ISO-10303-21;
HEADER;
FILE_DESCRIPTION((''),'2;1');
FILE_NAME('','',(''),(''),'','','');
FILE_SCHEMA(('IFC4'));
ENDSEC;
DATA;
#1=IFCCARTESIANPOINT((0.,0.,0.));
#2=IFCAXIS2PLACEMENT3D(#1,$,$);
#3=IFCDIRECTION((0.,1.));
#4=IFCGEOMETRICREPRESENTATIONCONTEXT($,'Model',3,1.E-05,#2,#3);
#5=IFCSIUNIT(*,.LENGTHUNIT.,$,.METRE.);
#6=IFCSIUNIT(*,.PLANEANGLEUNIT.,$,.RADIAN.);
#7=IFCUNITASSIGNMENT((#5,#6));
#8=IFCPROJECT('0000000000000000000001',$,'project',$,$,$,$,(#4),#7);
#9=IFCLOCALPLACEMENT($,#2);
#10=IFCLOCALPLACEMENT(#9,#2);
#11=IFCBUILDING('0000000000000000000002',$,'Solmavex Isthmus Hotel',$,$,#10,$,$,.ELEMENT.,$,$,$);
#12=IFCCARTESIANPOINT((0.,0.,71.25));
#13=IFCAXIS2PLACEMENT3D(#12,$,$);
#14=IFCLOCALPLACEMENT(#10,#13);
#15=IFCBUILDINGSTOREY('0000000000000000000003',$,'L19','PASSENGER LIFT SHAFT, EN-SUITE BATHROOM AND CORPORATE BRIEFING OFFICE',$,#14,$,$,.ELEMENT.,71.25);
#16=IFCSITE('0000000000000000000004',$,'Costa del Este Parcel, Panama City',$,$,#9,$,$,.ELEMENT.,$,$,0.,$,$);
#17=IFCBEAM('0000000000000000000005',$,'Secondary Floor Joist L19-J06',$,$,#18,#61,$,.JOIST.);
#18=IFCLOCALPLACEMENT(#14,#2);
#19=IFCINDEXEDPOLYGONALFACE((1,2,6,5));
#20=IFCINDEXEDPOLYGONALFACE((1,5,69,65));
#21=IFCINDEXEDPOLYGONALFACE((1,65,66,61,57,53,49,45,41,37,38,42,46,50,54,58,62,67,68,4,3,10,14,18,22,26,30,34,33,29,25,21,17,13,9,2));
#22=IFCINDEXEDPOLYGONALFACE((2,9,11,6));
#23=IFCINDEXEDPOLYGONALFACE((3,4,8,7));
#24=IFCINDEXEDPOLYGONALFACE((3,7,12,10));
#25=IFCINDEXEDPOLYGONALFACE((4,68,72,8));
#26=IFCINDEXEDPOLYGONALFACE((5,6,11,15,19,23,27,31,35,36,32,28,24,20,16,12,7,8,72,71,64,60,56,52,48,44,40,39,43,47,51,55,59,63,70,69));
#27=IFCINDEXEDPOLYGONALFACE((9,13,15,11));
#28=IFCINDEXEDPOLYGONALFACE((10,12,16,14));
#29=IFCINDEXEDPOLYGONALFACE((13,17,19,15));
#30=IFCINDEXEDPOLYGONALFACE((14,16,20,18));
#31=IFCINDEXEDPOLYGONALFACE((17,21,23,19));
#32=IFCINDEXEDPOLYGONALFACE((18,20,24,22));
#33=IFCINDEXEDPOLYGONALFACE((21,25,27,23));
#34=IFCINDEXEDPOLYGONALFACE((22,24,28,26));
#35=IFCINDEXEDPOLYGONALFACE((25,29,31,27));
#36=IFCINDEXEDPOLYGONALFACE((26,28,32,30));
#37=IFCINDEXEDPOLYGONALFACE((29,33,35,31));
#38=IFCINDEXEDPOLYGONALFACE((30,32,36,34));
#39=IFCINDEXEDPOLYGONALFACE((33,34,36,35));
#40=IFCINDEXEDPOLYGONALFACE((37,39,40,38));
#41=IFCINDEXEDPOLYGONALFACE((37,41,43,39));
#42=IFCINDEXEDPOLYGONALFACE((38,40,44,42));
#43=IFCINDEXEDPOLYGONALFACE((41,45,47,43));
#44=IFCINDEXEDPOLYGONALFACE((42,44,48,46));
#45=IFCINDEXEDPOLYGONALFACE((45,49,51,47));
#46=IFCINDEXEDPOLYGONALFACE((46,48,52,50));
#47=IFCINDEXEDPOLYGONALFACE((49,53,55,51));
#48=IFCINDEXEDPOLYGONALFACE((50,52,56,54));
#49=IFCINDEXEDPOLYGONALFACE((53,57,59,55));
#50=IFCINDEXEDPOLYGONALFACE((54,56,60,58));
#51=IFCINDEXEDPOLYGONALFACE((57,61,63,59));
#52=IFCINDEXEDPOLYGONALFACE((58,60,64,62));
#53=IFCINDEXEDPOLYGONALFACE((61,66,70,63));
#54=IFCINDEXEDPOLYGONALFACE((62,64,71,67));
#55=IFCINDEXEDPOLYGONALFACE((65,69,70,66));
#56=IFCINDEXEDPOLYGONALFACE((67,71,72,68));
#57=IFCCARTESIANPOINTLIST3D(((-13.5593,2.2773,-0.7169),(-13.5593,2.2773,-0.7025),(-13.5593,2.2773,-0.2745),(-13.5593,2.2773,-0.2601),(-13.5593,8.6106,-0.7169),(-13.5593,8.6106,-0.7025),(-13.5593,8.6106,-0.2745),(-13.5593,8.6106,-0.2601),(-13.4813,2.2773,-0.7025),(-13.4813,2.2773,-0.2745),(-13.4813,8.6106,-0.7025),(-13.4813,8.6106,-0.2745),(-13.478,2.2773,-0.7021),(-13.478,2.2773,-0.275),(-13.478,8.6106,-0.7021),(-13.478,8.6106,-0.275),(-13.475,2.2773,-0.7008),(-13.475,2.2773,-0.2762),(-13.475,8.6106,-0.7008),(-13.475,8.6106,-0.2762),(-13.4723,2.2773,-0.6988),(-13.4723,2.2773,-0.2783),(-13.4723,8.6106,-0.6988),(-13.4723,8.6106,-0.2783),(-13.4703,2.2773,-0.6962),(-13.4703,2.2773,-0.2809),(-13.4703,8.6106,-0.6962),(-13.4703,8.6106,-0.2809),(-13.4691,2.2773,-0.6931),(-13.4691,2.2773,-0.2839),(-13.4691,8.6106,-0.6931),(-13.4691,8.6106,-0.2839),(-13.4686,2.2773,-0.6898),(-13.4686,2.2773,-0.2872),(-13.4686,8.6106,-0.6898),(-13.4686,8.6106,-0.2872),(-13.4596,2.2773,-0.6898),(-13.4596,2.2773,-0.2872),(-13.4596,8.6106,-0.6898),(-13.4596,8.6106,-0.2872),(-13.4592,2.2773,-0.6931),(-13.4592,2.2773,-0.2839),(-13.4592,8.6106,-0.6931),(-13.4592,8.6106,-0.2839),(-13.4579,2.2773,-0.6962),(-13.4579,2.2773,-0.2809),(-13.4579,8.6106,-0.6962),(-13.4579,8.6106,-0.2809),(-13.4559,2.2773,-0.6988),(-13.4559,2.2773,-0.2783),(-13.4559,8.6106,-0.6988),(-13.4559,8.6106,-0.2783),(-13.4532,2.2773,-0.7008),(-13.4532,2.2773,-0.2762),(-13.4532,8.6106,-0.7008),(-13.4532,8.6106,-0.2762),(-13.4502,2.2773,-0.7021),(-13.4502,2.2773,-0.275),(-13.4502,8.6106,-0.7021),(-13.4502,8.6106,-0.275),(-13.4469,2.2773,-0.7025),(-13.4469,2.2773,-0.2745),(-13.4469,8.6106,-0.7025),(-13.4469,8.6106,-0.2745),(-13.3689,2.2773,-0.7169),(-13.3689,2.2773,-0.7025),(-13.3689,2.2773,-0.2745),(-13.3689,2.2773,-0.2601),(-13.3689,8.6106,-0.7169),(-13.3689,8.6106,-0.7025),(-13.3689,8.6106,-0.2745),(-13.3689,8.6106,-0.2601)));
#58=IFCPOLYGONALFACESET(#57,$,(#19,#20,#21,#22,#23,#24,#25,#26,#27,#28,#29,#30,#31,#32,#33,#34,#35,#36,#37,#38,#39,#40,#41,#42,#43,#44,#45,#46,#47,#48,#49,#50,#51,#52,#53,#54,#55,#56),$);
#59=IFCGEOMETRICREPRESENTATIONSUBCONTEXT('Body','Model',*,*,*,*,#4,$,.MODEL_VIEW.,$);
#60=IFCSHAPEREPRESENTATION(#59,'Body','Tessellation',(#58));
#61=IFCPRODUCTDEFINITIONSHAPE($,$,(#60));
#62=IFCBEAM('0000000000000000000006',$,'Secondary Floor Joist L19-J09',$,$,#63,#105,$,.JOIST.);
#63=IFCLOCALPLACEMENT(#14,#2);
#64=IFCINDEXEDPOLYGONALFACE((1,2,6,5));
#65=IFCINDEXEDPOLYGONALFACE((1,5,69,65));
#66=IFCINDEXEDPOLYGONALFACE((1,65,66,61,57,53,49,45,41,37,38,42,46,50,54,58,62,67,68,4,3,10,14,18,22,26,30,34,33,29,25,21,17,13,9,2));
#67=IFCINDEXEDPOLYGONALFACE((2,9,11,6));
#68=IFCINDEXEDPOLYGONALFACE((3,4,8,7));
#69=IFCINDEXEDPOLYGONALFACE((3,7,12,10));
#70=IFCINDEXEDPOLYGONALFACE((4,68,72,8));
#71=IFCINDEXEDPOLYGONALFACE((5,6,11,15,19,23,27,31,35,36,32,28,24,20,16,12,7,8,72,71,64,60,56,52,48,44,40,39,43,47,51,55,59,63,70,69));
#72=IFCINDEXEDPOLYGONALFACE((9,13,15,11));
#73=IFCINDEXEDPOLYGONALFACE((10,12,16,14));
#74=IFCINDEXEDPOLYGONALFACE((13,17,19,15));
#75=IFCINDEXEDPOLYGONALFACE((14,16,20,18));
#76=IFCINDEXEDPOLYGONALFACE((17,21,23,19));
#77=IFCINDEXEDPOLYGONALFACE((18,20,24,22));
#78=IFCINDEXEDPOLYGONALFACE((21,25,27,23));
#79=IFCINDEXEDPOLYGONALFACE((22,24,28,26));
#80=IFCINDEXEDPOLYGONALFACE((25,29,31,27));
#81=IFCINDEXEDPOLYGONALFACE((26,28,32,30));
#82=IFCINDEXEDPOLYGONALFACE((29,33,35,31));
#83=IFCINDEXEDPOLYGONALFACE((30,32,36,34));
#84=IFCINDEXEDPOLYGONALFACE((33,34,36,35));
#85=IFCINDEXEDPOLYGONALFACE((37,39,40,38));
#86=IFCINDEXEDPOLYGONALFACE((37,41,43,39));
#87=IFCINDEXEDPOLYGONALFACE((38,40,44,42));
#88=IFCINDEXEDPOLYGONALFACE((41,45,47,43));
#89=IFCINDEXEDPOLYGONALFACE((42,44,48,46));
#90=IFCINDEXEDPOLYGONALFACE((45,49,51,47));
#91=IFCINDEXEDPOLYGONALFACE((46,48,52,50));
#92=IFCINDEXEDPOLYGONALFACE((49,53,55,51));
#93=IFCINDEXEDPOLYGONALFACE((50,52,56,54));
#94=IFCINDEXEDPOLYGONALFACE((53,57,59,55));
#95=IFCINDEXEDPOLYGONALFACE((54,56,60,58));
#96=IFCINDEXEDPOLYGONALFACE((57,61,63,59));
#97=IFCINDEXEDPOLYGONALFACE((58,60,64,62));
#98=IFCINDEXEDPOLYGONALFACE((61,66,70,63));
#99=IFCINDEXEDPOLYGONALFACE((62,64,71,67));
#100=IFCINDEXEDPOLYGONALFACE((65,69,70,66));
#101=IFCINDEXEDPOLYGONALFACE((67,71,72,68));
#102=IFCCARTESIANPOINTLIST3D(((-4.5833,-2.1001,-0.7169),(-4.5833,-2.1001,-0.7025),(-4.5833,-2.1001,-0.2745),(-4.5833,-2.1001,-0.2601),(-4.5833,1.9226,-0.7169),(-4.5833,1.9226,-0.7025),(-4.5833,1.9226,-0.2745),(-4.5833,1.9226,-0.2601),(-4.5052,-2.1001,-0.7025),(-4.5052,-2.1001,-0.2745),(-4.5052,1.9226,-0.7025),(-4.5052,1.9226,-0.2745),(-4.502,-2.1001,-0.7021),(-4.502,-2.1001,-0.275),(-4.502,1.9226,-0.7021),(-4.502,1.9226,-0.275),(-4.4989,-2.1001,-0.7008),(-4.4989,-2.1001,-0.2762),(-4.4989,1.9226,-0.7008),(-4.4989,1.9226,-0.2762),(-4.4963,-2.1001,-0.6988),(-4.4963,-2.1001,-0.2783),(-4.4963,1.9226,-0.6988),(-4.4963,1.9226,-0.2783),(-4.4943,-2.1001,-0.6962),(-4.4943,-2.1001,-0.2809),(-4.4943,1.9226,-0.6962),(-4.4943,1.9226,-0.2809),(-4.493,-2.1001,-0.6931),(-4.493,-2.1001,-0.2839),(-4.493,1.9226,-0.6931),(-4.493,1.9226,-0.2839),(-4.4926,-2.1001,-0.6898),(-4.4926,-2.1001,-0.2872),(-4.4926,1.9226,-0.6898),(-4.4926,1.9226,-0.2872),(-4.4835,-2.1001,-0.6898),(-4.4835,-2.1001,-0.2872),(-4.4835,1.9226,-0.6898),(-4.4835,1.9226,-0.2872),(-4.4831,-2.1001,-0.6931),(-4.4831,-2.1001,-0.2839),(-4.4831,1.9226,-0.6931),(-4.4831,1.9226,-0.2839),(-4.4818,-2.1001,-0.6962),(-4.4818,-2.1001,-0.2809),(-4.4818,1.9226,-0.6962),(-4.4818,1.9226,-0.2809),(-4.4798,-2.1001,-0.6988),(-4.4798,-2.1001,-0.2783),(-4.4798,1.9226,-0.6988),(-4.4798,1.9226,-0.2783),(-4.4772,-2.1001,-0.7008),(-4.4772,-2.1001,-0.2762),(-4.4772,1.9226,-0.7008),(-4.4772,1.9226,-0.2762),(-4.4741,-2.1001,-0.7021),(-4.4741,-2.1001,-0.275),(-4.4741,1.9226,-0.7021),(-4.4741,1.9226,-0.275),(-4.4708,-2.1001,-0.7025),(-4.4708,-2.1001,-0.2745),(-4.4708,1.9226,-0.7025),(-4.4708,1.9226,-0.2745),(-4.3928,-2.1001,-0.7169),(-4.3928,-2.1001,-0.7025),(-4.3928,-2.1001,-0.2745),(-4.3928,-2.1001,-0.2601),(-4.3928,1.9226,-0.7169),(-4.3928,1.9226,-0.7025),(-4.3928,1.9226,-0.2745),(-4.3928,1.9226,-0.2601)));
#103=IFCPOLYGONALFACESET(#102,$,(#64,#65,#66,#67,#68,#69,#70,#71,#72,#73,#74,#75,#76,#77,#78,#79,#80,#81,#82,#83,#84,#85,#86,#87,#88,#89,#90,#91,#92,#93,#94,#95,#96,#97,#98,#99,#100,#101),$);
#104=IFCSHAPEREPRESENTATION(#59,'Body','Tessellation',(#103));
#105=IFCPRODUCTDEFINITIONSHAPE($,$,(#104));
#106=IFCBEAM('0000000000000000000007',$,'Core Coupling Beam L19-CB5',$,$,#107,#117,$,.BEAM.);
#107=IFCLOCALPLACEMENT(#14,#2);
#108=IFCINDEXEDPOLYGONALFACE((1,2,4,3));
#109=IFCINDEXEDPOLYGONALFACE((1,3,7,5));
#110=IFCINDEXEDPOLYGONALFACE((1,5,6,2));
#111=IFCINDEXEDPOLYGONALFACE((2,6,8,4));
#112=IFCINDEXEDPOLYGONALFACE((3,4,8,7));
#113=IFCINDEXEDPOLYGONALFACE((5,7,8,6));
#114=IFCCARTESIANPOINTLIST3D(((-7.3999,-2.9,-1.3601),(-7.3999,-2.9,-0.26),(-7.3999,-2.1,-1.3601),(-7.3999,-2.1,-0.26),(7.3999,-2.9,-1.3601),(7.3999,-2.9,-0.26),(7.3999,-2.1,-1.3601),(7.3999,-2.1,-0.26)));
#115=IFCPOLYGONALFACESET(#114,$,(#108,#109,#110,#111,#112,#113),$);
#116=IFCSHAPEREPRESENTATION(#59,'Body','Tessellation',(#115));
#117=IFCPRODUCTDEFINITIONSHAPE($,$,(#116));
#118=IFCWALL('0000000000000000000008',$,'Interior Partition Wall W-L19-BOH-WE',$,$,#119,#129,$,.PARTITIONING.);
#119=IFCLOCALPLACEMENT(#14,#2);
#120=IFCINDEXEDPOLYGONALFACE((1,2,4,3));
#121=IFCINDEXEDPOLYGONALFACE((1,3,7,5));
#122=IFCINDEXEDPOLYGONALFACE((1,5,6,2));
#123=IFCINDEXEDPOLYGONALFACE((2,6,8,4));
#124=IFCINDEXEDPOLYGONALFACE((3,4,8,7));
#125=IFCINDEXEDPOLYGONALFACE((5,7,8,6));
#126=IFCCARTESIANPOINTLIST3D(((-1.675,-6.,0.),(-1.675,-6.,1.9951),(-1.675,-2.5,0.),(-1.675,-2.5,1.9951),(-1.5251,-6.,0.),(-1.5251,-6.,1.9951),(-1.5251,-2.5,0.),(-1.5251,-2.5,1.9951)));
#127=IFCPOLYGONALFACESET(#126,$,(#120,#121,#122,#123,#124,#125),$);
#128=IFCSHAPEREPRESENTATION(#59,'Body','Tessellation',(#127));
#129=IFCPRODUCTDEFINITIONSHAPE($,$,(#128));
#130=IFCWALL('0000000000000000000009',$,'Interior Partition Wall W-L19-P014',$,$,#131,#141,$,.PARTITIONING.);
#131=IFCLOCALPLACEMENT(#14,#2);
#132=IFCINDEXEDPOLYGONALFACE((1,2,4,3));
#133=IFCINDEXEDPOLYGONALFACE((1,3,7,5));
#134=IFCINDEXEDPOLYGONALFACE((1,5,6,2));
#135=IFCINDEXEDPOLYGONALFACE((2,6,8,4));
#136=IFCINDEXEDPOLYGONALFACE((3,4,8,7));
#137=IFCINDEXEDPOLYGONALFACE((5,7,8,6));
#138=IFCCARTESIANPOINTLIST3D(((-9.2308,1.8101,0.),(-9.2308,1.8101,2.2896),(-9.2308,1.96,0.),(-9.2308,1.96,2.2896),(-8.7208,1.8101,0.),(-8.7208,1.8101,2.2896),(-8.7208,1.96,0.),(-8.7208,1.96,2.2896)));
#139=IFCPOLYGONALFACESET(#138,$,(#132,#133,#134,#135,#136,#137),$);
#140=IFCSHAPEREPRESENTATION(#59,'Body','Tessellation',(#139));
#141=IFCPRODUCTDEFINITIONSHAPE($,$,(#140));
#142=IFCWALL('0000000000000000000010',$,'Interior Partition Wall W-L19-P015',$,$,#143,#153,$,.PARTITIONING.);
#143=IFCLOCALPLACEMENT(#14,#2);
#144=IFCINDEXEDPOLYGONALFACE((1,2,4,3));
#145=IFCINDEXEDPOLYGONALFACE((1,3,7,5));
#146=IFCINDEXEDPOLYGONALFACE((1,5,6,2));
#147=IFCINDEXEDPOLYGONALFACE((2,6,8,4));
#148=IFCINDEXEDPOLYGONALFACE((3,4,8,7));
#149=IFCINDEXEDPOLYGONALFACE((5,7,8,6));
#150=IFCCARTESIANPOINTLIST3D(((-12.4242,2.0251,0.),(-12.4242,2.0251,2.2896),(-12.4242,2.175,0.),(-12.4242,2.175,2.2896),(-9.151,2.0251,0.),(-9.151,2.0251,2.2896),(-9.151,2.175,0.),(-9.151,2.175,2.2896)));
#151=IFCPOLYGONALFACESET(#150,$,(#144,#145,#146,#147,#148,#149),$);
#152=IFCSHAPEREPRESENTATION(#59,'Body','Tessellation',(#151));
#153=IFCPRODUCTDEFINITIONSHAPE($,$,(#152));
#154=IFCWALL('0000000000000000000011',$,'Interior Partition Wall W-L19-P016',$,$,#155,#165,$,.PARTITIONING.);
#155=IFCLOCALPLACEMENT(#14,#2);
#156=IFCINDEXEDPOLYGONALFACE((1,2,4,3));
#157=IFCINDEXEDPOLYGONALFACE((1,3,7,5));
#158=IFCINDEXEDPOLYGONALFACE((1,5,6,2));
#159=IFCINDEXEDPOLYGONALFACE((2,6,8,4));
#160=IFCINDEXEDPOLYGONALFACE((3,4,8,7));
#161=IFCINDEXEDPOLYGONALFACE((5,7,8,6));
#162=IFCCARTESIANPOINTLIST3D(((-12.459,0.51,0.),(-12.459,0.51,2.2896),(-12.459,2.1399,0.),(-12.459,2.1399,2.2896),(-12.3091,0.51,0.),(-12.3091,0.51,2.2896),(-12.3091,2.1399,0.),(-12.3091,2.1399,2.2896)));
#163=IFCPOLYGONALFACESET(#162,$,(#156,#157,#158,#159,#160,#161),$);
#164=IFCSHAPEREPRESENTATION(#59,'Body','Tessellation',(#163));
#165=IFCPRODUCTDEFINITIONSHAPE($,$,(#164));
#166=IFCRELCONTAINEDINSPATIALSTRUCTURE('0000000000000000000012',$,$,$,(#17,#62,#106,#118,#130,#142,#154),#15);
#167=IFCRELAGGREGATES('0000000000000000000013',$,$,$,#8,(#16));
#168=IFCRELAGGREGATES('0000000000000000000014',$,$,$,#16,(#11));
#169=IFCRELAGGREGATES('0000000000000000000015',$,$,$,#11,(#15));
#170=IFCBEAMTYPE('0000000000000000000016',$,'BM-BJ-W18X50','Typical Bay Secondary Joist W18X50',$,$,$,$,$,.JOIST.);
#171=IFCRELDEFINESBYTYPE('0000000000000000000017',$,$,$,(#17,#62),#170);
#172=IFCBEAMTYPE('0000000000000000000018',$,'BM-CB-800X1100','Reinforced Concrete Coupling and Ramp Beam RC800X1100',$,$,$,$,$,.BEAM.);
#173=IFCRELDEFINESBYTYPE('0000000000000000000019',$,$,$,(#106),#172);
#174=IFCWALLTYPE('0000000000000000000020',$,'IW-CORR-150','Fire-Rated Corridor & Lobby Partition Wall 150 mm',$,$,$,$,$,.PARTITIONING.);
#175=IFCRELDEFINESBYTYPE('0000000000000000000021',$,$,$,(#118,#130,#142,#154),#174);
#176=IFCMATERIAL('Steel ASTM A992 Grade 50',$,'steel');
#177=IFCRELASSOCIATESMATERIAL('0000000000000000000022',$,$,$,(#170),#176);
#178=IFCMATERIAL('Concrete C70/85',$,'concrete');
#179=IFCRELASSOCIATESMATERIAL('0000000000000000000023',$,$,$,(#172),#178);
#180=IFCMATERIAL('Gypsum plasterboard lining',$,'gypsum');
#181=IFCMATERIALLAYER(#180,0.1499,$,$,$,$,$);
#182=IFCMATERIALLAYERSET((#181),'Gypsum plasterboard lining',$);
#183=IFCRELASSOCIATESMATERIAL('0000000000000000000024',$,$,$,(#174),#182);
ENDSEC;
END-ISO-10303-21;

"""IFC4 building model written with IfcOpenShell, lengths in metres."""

from ifc_helpers import new_model, si_unit, direction, frame, frame_2d, origin, origin_2d, place, context, subcontext, project, spatial, rectangle, i_section, extrude, material, layer, layer_set, material_profile, profile_set, type_object, element, save


model = new_model("IFC4")

# Units and contexts
model_context = context("Model", 3, precision=1e-05, world=origin(), true_north=direction((0.0, 1.0)))
body_context = subcontext(model_context, "Body", "Model", "MODEL_VIEW")
ifc_project = project(units=[si_unit("LENGTHUNIT", "METRE"), si_unit("PLANEANGLEUNIT", "RADIAN")], contexts=[model_context])

# Site, building, storey
site_placement = place(None, origin())
site = spatial("IfcSite", under=ifc_project, at=site_placement, Name="Costa del Este Parcel, Panama City", CompositionType="ELEMENT", RefElevation=0.0)
building_placement = place(site_placement, origin())
building = spatial("IfcBuilding", under=site, at=building_placement, Name="Solmavex Isthmus Hotel", CompositionType="ELEMENT")
storey_placement = place(building_placement, frame((0.0, 0.0, 71.25)))
storey = spatial("IfcBuildingStorey", under=building, at=storey_placement, Name="L19", Description="PASSENGER LIFT SHAFT, EN-SUITE BATHROOM AND CORPORATE BRIEFING OFFICE", CompositionType="ELEMENT", Elevation=71.25)

# Shared definitions
ifc_material_1 = material(Name="Concrete C70/85", Category="concrete")

# Beams
ifc_material_2 = material(Name="Steel ASTM A992 Grade 50", Category="steel")
ifc_material_profile_1 = material_profile(ifc_material_2, i_section(OverallWidth=0.1904, OverallDepth=0.4568, WebThickness=0.009, FlangeThickness=0.0144, FilletRadius=0.0127, at=origin_2d()), Name="W18X50")
ifc_profile_set_1 = profile_set([ifc_material_profile_1], Name="Steel ASTM A992 Grade 50")
beam_type_1 = type_object("IfcBeamType", Name="BM-BJ-W18X50", Description="Typical Bay Secondary Joist W18X50", PredefinedType="JOIST", material=ifc_profile_set_1)
beam_1_placement = place(storey_placement, frame((-13.4641, 2.2773, -0.4885), z_axis=(0.0, 1.0, 0.0), x_axis=(-1.0, 0.0, 0.0)))
element("IfcBeam", 1, at=beam_1_placement, inside=storey, type_object=beam_type_1, Name="Secondary Floor Joist L19-J06", PredefinedType="JOIST", context=body_context, shape_type="SweptSolid", body=[
    extrude(i_section(OverallWidth=0.1904, OverallDepth=0.4568, WebThickness=0.009, FlangeThickness=0.0144, FilletRadius=0.0127, at=origin_2d()), origin(), (0.0, 0.0, 1.0), 6.3333),
])
beam_2_placement = place(storey_placement, frame((-4.488, -2.1001, -0.4885), z_axis=(0.0, 1.0, 0.0), x_axis=(-1.0, 0.0, 0.0)))
element("IfcBeam", 2, at=beam_2_placement, inside=storey, type_object=beam_type_1, Name="Secondary Floor Joist L19-J09", PredefinedType="JOIST", context=body_context, shape_type="SweptSolid", body=[
    extrude(i_section(OverallWidth=0.1904, OverallDepth=0.4568, WebThickness=0.009, FlangeThickness=0.0144, FilletRadius=0.0127, at=origin_2d()), origin(), (0.0, 0.0, 1.0), 4.0227),
])
ifc_material_profile_2 = material_profile(ifc_material_1, rectangle(XDim=0.8, YDim=1.1001, at=origin_2d()), Name="RC800X1100")
ifc_profile_set_2 = profile_set([ifc_material_profile_2], Name="Concrete C70/85")
beam_type_2 = type_object("IfcBeamType", Name="BM-CB-800X1100", Description="Reinforced Concrete Coupling and Ramp Beam RC800X1100", PredefinedType="BEAM", material=ifc_profile_set_2)
beam_3_placement = place(storey_placement, frame((-7.3999, -2.5, -0.8101), z_axis=(1.0, 0.0, 0.0), x_axis=(0.0, 1.0, 0.0)))
element("IfcBeam", 3, at=beam_3_placement, inside=storey, type_object=beam_type_2, Name="Core Coupling Beam L19-CB5", PredefinedType="BEAM", context=body_context, shape_type="SweptSolid", body=[
    extrude(rectangle(XDim=0.8, YDim=1.1001, at=origin_2d()), origin(), (0.0, 0.0, 1.0), 14.7998),
])

# Walls
ifc_material_3 = material(Name="Gypsum plasterboard lining", Category="gypsum")
ifc_layer_1 = layer(ifc_material_3, 0.1499)
ifc_layer_set_1 = layer_set([ifc_layer_1], Name="Gypsum plasterboard lining")
wall_type_1 = type_object("IfcWallType", Name="IW-CORR-150", Description="Fire-Rated Corridor & Lobby Partition Wall 150 mm", PredefinedType="PARTITIONING", material=ifc_layer_set_1)
wall_1_placement = place(storey_placement, frame((-1.6001, -6.0, 0.0), z_axis=(0.0, 0.0, 1.0), x_axis=(0.0, 1.0, 0.0)))
element("IfcWall", 4, at=wall_1_placement, inside=storey, type_object=wall_type_1, Name="Interior Partition Wall W-L19-BOH-WE", PredefinedType="PARTITIONING", context=body_context, shape_type="SweptSolid", body=[
    extrude(rectangle(XDim=3.5, YDim=0.1499, at=frame_2d((1.75, 0.0))), origin(), (0.0, 0.0, 1.0), 1.9951),
])
wall_2_placement = place(storey_placement, frame((-8.7209, 1.885, 0.0), z_axis=(0.0, 0.0, 1.0), x_axis=(-1.0, 0.0, 0.0)))
element("IfcWall", 5, at=wall_2_placement, inside=storey, type_object=wall_type_1, Name="Interior Partition Wall W-L19-P014", PredefinedType="PARTITIONING", context=body_context, shape_type="SweptSolid", body=[
    extrude(rectangle(XDim=0.51, YDim=0.1499, at=frame_2d((0.2549, 0.0))), origin(), (0.0, 0.0, 1.0), 2.2896),
])
wall_3_placement = place(storey_placement, frame((-9.1509, 2.1001, 0.0), z_axis=(0.0, 0.0, 1.0), x_axis=(-1.0, 0.0, 0.0)))
element("IfcWall", 6, at=wall_3_placement, inside=storey, type_object=wall_type_1, Name="Interior Partition Wall W-L19-P015", PredefinedType="PARTITIONING", context=body_context, shape_type="SweptSolid", body=[
    extrude(rectangle(XDim=3.2732, YDim=0.1499, at=frame_2d((1.6367, 0.0))), origin(), (0.0, 0.0, 1.0), 2.2896),
])
wall_4_placement = place(storey_placement, frame((-12.384, 2.1399, 0.0), z_axis=(0.0, 0.0, 1.0), x_axis=(0.0, -1.0, 0.0)))
element("IfcWall", 7, at=wall_4_placement, inside=storey, type_object=wall_type_1, Name="Interior Partition Wall W-L19-P016", PredefinedType="PARTITIONING", context=body_context, shape_type="SweptSolid", body=[
    extrude(rectangle(XDim=1.6299, YDim=0.1499, at=frame_2d((0.8149, 0.0))), origin(), (0.0, 0.0, 1.0), 2.2896),
])

save(model, "model.ifc")
